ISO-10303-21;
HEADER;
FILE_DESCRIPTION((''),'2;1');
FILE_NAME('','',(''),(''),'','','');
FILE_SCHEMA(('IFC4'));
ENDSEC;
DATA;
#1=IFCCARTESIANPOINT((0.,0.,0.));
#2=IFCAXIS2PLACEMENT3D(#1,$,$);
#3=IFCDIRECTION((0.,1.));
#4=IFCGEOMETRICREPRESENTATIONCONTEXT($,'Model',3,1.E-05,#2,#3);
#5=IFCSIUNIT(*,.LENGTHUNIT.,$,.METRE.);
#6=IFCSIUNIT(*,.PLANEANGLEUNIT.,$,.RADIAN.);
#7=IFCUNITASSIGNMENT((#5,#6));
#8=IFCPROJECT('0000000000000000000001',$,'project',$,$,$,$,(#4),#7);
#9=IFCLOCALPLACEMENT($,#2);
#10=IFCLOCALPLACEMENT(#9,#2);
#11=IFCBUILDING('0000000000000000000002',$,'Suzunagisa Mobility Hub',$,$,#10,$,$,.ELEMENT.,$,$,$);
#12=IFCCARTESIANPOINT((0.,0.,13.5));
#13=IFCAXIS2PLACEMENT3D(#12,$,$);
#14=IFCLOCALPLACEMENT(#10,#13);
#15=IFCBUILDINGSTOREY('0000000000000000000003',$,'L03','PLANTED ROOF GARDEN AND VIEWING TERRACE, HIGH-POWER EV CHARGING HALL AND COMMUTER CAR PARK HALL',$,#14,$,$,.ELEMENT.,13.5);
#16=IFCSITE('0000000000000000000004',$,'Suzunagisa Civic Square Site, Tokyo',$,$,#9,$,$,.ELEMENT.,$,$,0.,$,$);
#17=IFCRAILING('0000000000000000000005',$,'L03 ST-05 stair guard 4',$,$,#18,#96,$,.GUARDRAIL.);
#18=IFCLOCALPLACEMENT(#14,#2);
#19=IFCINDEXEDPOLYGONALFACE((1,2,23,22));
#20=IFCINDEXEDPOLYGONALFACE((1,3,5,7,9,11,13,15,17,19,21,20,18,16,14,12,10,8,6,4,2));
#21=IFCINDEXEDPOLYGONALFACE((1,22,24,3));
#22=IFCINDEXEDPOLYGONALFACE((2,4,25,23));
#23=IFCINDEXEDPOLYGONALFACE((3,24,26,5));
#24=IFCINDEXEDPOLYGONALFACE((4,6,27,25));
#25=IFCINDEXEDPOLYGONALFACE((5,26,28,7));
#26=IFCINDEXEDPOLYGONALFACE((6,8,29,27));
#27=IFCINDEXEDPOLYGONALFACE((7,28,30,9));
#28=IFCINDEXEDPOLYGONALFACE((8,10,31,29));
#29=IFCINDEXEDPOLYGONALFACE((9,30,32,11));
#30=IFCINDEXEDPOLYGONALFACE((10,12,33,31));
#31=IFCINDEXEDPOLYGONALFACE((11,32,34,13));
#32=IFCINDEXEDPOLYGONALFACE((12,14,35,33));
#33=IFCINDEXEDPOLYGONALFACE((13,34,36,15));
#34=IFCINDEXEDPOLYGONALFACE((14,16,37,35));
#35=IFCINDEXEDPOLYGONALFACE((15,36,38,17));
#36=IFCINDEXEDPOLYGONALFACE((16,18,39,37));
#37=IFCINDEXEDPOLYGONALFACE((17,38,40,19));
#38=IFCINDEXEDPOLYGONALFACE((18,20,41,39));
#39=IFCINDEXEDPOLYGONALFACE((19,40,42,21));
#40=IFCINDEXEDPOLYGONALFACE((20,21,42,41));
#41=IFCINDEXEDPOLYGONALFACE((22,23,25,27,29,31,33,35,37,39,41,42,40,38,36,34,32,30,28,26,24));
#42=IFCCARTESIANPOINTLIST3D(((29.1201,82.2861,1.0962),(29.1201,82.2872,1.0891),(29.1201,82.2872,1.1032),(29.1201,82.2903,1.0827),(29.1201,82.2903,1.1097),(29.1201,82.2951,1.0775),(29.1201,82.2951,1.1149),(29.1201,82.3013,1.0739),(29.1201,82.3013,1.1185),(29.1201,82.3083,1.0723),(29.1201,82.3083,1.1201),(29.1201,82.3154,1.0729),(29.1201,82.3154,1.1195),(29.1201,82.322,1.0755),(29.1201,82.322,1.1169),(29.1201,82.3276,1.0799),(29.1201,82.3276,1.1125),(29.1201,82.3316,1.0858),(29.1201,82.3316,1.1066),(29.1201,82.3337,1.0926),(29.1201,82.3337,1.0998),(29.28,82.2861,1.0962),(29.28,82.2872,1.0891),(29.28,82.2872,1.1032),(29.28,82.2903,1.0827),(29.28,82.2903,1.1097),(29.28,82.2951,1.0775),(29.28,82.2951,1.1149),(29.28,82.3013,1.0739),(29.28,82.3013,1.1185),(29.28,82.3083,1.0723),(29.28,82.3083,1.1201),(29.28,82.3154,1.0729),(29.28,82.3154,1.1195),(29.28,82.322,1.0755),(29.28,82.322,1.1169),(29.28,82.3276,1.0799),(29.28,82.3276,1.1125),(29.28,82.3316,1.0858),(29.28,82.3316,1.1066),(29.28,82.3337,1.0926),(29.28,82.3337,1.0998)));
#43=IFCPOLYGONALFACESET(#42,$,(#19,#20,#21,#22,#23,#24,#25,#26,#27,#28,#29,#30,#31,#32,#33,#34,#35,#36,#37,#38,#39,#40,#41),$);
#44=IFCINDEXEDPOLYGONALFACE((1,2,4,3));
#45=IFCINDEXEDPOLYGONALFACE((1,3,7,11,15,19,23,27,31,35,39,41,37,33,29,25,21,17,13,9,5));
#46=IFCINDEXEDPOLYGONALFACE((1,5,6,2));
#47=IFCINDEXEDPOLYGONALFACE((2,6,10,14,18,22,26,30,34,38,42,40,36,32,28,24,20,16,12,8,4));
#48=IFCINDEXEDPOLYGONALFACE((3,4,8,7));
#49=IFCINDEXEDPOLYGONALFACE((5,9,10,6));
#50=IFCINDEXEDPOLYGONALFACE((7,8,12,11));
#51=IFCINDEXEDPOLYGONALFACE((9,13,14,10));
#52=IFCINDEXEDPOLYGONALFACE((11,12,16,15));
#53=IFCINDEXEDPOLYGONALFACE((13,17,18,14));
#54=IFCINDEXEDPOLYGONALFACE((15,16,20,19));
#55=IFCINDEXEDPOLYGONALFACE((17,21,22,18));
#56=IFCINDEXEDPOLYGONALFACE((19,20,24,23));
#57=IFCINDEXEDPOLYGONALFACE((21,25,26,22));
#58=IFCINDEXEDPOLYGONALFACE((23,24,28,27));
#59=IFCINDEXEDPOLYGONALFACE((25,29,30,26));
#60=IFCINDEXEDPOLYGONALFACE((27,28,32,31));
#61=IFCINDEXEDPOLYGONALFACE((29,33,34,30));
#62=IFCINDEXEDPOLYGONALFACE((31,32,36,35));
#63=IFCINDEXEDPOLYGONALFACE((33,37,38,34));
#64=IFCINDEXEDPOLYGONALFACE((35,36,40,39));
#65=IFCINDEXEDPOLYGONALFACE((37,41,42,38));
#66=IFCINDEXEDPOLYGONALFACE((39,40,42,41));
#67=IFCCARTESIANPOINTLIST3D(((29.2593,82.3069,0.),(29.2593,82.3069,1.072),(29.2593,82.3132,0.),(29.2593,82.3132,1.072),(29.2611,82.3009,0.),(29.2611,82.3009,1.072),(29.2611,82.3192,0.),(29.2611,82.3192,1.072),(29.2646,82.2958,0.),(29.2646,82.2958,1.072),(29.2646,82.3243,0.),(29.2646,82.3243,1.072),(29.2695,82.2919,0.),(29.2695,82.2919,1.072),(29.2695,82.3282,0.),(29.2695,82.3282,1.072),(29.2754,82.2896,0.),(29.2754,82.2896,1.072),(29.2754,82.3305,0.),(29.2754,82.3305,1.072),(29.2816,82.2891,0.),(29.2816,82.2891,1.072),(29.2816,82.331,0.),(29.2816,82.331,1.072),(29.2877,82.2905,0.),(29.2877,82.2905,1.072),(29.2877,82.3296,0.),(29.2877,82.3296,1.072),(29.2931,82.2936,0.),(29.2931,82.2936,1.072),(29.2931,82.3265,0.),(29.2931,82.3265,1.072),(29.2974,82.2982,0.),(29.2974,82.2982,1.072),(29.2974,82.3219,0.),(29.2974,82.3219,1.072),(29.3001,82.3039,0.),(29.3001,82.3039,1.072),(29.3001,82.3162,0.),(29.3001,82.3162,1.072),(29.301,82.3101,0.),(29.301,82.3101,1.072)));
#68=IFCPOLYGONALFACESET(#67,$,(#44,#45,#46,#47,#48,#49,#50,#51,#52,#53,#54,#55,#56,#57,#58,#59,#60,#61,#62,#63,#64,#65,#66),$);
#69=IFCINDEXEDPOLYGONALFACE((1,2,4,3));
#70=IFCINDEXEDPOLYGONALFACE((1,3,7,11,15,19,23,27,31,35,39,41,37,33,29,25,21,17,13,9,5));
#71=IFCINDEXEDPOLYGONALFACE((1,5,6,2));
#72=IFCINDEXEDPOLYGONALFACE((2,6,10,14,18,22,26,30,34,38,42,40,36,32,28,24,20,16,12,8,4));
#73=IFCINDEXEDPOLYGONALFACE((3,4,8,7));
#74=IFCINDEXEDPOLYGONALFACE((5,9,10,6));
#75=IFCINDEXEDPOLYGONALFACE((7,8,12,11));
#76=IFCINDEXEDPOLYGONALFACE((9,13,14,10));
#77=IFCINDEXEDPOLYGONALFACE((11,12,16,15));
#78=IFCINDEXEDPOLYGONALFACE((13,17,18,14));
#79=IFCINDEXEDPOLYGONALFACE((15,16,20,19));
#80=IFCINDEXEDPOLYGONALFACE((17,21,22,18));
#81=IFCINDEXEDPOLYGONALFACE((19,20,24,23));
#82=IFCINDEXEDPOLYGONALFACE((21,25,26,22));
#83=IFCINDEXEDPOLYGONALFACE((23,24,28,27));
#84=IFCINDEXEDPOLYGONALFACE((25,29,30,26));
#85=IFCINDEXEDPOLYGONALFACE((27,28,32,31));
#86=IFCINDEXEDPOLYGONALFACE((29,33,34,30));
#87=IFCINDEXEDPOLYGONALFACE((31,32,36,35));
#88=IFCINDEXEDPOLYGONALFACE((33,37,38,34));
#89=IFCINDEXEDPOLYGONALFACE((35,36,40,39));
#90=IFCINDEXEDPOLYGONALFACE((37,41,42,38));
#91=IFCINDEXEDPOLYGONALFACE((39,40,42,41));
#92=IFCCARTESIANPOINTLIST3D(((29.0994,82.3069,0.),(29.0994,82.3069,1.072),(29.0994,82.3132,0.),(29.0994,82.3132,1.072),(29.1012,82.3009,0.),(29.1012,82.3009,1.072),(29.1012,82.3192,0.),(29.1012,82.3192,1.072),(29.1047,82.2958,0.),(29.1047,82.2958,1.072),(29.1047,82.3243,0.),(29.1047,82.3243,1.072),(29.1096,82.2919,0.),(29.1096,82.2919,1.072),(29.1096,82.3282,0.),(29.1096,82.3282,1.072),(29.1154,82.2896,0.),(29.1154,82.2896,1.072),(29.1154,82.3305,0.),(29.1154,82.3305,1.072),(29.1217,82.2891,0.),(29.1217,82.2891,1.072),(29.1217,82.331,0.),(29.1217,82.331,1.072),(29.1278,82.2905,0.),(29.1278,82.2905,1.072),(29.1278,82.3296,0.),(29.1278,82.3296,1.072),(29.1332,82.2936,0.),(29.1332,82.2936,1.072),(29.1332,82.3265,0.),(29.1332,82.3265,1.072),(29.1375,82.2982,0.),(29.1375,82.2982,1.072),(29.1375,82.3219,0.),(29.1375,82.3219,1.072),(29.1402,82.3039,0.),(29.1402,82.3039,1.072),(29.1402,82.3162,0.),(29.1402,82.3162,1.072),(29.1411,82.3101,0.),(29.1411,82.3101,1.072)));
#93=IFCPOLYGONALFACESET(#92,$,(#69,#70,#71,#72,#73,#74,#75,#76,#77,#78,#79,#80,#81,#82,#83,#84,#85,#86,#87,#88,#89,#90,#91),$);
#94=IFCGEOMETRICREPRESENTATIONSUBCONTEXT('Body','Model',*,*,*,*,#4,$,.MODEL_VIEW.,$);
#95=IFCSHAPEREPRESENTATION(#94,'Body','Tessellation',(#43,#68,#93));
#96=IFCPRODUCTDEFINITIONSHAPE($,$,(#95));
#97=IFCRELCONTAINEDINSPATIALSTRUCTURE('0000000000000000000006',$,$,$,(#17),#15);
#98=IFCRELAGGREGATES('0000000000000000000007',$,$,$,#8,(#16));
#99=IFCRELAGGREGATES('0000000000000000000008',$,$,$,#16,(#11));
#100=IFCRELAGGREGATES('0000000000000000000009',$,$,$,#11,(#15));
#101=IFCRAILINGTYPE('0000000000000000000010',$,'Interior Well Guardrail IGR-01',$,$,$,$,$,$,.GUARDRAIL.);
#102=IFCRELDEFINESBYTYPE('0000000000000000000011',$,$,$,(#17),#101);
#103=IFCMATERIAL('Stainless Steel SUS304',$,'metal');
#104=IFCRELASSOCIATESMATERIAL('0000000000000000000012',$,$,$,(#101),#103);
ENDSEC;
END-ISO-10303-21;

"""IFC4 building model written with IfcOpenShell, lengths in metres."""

from ifc_helpers import new_model, si_unit, direction, frame, origin, origin_2d, place, context, subcontext, project, spatial, circle, extrude, material, type_object, element, save


model = new_model("IFC4")

# Units and contexts
model_context = context("Model", 3, precision=1e-05, world=origin(), true_north=direction((0.0, 1.0)))
body_context = subcontext(model_context, "Body", "Model", "MODEL_VIEW")
ifc_project = project(units=[si_unit("LENGTHUNIT", "METRE"), si_unit("PLANEANGLEUNIT", "RADIAN")], contexts=[model_context])

# Site, building, storey
site_placement = place(None, origin())
site = spatial("IfcSite", under=ifc_project, at=site_placement, Name="Suzunagisa Civic Square Site, Tokyo", CompositionType="ELEMENT", RefElevation=0.0)
building_placement = place(site_placement, origin())
building = spatial("IfcBuilding", under=site, at=building_placement, Name="Suzunagisa Mobility Hub", CompositionType="ELEMENT")
storey_placement = place(building_placement, frame((0.0, 0.0, 13.5)))
storey = spatial("IfcBuildingStorey", under=building, at=storey_placement, Name="L03", Description="PLANTED ROOF GARDEN AND VIEWING TERRACE, HIGH-POWER EV CHARGING HALL AND COMMUTER CAR PARK HALL", CompositionType="ELEMENT", Elevation=13.5)

# Railing
ifc_material_1 = material(Name="Stainless Steel SUS304", Category="metal")
railing_type_1 = type_object("IfcRailingType", Name="Interior Well Guardrail IGR-01", PredefinedType="GUARDRAIL", material=ifc_material_1)
railing_1_placement = place(storey_placement, frame((29.28, 82.3101, 0.0)))
element("IfcRailing", 1, at=railing_1_placement, inside=storey, type_object=railing_type_1, Name="L03 ST-05 stair guard 4", PredefinedType="GUARDRAIL", context=body_context, shape_type="SweptSolid", body=[
    extrude(circle(Radius=0.0239, at=origin_2d()), frame((0.0, 0.0, 1.0962), z_axis=(-1.0, 0.0, 0.0), x_axis=(0.0, -1.0, 0.0)), (0.0, 0.0, 1.0), 0.1599),
    extrude(circle(Radius=0.021, at=origin_2d()), origin(), (0.0, 0.0, 1.0), 1.072),
    extrude(circle(Radius=0.021, at=origin_2d()), frame((-0.1599, 0.0, 0.0)), (0.0, 0.0, 1.0), 1.072),
])

save(model, "model.ifc")
